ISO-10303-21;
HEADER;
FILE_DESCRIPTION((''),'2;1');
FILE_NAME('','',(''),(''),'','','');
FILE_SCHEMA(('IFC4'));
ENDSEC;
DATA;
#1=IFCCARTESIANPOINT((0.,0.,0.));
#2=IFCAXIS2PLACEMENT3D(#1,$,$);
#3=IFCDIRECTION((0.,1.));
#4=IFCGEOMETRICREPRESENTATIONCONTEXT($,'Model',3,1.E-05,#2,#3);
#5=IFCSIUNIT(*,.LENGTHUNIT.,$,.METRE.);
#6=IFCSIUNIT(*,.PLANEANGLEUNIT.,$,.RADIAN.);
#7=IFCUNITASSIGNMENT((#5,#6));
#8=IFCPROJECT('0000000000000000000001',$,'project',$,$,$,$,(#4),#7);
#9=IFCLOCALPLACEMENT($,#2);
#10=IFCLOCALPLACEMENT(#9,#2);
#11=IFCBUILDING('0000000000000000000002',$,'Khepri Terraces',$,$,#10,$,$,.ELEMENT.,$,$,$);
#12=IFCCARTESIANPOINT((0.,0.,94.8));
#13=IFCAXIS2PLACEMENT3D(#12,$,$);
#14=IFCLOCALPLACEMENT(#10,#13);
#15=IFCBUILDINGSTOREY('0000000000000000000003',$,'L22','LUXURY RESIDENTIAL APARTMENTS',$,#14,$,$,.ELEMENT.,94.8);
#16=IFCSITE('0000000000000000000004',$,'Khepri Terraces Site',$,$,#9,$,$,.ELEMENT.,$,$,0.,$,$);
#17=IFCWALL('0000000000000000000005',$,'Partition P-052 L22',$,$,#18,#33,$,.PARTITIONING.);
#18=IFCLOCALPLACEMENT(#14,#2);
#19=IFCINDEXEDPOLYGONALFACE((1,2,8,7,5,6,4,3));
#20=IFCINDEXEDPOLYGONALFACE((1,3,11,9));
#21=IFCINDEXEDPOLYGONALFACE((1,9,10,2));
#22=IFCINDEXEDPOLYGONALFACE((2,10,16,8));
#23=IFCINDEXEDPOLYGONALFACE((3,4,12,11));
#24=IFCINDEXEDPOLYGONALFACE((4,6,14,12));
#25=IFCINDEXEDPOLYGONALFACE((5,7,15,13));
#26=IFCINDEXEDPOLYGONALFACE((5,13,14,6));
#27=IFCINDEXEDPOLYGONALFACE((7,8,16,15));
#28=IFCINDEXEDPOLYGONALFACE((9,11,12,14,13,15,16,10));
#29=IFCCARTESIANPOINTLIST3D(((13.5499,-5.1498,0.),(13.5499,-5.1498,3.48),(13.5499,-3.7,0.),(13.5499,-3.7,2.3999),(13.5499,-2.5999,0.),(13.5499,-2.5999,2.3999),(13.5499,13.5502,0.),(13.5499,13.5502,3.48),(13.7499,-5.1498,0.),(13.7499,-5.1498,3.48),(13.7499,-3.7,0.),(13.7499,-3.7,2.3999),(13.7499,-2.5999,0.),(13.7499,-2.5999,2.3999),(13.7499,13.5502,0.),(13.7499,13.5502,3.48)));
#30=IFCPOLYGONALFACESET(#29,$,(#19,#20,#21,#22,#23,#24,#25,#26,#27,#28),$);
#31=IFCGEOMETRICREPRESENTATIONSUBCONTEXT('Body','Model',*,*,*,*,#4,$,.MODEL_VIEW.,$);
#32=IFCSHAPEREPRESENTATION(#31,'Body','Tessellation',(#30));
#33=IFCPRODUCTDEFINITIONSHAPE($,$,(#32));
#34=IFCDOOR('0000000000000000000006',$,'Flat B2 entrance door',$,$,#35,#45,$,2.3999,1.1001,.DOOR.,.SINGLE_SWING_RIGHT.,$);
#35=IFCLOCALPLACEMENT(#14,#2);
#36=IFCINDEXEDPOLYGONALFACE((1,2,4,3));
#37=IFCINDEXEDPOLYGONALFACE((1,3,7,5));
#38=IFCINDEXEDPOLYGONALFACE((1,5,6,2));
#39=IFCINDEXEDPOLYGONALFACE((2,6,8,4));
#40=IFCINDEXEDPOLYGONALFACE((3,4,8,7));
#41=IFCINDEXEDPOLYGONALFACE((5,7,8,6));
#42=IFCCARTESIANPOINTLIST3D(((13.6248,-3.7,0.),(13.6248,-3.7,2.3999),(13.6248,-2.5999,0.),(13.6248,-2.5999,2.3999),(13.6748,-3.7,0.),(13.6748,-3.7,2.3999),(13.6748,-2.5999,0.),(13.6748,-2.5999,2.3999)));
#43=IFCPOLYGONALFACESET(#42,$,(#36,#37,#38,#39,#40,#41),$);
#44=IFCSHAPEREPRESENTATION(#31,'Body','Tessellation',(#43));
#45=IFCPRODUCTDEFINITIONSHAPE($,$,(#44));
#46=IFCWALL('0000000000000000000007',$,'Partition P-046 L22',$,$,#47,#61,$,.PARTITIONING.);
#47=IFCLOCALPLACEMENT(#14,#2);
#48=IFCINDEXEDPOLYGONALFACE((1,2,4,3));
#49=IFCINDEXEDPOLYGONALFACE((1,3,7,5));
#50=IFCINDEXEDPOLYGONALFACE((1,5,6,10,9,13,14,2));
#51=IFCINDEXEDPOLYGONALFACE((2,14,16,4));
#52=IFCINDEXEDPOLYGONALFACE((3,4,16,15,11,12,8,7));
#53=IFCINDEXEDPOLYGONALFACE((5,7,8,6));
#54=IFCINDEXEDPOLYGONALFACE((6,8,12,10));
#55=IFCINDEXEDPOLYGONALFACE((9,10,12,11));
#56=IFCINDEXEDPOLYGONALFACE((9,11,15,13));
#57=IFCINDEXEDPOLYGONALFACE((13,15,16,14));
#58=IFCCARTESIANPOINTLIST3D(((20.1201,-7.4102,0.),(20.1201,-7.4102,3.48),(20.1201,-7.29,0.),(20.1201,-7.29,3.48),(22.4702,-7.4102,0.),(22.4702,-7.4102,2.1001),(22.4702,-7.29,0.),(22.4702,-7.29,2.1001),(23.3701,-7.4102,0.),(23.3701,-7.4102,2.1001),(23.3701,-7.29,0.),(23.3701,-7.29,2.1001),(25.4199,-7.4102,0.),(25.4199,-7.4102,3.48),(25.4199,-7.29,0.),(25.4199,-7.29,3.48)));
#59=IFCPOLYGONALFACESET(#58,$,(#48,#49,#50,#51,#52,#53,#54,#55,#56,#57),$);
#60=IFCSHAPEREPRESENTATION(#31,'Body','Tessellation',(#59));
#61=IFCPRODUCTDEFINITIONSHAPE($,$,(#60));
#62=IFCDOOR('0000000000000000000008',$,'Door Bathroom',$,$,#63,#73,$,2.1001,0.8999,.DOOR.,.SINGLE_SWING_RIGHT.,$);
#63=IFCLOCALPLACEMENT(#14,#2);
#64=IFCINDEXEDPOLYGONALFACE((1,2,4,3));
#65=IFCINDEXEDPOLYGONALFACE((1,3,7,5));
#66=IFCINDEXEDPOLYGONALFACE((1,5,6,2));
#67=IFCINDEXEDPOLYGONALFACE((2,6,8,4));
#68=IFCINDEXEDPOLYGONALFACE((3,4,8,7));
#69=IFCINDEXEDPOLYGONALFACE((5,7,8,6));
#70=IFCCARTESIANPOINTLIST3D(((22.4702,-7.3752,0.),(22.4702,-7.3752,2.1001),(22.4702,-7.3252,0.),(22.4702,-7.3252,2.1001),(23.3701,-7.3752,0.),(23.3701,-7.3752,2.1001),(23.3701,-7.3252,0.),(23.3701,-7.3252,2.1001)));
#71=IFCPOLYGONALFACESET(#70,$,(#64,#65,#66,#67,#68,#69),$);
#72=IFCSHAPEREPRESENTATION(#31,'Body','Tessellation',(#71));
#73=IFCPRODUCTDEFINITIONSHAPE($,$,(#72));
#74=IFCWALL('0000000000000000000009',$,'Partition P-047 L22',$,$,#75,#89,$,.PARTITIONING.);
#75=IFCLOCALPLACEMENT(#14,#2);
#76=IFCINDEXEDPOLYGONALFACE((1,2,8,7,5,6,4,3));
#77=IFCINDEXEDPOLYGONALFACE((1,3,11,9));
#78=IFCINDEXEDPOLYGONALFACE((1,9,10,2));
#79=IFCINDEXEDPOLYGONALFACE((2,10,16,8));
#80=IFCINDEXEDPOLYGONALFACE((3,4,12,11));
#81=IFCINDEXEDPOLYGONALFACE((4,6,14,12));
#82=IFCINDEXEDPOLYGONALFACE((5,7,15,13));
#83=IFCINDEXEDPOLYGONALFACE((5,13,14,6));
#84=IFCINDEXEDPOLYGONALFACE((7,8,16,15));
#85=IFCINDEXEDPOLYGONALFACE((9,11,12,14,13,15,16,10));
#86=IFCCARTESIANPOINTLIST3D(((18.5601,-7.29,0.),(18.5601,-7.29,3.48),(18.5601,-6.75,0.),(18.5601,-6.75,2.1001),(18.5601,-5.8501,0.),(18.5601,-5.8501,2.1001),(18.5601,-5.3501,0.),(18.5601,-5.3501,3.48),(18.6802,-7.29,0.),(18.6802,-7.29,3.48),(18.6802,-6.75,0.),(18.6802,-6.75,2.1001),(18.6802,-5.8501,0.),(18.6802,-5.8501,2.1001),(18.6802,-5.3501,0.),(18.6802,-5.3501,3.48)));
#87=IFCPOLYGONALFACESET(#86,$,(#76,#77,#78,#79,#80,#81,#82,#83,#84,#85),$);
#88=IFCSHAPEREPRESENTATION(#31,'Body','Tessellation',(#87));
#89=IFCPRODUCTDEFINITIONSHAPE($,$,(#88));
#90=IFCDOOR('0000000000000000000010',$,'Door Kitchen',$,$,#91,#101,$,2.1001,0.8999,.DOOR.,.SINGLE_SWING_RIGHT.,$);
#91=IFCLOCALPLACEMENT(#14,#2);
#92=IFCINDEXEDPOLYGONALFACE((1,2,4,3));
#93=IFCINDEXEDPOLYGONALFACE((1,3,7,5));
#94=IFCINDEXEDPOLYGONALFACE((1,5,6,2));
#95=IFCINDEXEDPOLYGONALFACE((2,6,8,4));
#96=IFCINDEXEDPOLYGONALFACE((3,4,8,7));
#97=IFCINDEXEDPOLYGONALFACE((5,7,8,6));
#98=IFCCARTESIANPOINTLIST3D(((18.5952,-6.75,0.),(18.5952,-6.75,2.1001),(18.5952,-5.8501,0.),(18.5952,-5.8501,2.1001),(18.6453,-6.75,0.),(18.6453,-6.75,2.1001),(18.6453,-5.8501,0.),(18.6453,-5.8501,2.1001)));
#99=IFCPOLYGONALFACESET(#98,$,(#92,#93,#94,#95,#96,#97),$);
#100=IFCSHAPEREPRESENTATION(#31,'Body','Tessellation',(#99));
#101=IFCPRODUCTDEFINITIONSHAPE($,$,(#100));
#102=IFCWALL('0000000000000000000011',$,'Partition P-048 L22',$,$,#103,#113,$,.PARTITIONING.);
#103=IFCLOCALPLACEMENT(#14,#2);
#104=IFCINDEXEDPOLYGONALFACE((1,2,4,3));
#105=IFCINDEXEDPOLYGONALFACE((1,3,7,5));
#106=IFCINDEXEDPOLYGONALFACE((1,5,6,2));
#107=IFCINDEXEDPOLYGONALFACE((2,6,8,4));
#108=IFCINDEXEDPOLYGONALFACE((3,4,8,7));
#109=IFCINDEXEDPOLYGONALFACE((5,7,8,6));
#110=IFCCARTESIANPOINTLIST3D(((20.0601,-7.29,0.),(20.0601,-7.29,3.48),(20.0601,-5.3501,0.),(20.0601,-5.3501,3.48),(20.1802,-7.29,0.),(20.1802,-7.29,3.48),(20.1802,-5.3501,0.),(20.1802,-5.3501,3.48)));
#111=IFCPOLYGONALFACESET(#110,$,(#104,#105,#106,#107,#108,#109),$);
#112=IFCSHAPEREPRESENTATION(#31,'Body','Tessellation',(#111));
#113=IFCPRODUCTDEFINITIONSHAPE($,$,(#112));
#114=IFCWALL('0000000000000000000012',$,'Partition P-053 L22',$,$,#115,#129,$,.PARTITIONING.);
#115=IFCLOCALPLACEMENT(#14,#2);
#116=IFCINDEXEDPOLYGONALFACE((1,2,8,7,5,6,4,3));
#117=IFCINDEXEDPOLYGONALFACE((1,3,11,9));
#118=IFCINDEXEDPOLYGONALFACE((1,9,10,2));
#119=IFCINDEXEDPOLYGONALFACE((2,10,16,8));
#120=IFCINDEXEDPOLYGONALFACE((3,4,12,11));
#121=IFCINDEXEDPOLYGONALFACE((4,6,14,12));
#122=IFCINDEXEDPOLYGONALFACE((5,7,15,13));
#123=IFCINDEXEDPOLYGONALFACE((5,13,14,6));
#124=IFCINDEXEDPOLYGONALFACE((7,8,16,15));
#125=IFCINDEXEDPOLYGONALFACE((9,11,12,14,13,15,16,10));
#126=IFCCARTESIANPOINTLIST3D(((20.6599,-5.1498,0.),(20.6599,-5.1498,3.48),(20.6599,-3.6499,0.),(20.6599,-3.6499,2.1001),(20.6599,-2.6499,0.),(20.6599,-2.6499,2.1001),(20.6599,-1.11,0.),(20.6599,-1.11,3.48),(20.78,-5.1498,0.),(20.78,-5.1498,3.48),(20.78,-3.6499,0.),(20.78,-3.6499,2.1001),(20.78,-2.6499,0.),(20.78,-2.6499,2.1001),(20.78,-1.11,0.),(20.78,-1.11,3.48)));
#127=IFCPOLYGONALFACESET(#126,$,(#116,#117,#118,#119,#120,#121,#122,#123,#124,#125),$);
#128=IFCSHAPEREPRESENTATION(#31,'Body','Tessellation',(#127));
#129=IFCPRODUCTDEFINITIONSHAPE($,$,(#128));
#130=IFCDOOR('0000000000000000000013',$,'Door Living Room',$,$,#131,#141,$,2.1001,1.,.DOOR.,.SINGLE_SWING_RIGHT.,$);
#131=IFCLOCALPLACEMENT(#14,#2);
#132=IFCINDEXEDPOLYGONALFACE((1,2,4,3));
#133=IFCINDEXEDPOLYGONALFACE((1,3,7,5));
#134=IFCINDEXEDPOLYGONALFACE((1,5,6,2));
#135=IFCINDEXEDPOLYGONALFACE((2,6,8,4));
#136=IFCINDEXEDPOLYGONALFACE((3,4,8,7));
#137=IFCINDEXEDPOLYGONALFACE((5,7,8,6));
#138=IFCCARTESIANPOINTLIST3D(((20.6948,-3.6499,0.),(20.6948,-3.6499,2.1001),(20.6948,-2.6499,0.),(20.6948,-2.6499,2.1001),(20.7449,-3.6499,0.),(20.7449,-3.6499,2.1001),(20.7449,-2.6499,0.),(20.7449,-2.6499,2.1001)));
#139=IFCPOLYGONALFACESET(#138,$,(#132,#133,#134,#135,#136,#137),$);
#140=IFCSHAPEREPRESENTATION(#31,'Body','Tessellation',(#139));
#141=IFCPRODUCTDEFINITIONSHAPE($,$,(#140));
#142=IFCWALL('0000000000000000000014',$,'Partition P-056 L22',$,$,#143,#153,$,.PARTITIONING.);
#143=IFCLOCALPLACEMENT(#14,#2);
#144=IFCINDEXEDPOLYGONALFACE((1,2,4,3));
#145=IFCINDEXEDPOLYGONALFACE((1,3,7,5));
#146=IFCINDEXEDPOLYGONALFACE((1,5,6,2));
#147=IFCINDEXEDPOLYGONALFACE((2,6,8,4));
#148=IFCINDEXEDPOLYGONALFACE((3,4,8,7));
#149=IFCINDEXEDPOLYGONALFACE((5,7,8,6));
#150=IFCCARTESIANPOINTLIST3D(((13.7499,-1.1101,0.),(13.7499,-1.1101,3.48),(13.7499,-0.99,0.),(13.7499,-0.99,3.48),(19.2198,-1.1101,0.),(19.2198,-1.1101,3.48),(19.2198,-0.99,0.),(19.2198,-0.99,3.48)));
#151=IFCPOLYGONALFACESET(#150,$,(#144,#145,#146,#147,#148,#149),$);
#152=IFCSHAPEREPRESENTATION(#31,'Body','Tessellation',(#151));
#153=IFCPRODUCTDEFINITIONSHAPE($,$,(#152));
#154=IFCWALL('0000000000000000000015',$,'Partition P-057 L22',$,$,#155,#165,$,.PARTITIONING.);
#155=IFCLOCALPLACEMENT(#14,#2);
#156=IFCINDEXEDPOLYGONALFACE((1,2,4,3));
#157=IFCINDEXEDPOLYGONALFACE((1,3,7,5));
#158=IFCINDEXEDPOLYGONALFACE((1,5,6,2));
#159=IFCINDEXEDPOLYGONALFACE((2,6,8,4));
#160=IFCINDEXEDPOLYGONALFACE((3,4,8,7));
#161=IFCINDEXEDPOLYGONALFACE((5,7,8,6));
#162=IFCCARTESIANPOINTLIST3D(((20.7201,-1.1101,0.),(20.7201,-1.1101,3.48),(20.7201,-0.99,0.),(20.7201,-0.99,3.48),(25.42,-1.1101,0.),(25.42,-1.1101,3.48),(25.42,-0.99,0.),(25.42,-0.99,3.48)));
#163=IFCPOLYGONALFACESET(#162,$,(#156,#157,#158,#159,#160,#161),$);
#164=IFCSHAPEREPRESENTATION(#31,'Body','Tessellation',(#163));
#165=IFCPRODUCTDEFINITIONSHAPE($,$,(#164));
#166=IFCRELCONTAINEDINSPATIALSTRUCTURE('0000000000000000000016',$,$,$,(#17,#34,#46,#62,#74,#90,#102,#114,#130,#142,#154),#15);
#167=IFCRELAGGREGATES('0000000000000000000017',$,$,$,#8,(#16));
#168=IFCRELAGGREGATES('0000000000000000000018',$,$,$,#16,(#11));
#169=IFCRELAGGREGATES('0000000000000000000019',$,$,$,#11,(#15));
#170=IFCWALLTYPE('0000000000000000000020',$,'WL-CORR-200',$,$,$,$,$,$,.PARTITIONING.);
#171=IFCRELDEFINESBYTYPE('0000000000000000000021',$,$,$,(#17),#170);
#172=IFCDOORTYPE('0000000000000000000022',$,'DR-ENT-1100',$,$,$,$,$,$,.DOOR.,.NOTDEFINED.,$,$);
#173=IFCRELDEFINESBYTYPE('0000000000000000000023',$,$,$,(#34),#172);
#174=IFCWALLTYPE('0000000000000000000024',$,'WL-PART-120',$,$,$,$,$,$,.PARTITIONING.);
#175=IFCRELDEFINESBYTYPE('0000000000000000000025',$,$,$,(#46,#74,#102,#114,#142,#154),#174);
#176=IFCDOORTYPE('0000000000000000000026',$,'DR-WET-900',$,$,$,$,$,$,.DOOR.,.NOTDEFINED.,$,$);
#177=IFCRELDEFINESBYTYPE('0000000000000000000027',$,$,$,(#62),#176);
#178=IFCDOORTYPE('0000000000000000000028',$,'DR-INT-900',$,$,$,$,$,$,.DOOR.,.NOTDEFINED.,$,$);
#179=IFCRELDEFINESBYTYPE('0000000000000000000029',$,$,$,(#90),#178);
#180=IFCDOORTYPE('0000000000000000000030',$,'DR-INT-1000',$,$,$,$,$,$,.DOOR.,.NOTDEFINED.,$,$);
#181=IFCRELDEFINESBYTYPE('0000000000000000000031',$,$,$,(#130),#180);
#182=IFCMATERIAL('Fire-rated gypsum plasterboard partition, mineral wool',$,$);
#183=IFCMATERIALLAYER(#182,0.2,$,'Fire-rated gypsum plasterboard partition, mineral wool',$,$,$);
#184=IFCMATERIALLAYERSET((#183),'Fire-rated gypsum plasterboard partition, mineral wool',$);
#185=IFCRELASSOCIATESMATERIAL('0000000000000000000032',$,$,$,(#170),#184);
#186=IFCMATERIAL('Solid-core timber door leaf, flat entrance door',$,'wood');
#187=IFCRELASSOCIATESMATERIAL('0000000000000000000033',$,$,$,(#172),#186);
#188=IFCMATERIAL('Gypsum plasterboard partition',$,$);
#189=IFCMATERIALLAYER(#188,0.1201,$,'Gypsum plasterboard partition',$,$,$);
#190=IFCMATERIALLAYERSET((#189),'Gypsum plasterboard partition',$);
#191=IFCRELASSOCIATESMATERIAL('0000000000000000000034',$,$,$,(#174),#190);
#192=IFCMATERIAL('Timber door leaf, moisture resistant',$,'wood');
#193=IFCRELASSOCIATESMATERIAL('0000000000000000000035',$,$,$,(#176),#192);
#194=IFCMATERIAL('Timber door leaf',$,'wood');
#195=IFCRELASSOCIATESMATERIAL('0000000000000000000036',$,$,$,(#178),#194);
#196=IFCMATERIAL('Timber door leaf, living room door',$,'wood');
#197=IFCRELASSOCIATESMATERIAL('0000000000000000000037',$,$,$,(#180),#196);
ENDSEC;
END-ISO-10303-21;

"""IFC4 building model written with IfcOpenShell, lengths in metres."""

from ifc_helpers import new_model, si_unit, direction, frame, frame_2d, origin, place, context, subcontext, project, spatial, rectangle, extrude, material, layer, layer_set, type_object, element, fill, save


model = new_model("IFC4")

# Units and contexts
model_context = context("Model", 3, precision=1e-05, world=origin(), true_north=direction((0.0, 1.0)))
body_context = subcontext(model_context, "Body", "Model", "MODEL_VIEW")
ifc_project = project(units=[si_unit("LENGTHUNIT", "METRE"), si_unit("PLANEANGLEUNIT", "RADIAN")], contexts=[model_context])

# Site, building, storey
site_placement = place(None, origin())
site = spatial("IfcSite", under=ifc_project, at=site_placement, Name="Khepri Terraces Site", CompositionType="ELEMENT", RefElevation=0.0)
building_placement = place(site_placement, origin())
building = spatial("IfcBuilding", under=site, at=building_placement, Name="Khepri Terraces", CompositionType="ELEMENT")
storey_placement = place(building_placement, frame((0.0, 0.0, 94.8)))
storey = spatial("IfcBuildingStorey", under=building, at=storey_placement, Name="L22", Description="LUXURY RESIDENTIAL APARTMENTS", CompositionType="ELEMENT", Elevation=94.8)

# Walls, openings, doors
ifc_material_1 = material(Name="Fire-rated gypsum plasterboard partition, mineral wool")
ifc_layer_1 = layer(ifc_material_1, 0.2, Name="Fire-rated gypsum plasterboard partition, mineral wool")
ifc_layer_set_1 = layer_set([ifc_layer_1], Name="Fire-rated gypsum plasterboard partition, mineral wool")
wall_type_1 = type_object("IfcWallType", Name="WL-CORR-200", PredefinedType="PARTITIONING", material=ifc_layer_set_1)
wall_1_placement = place(storey_placement, frame((13.6499, -5.1499, 0.0), z_axis=(0.0, 0.0, 1.0), x_axis=(0.0, 1.0, 0.0)))
wall_1 = element("IfcWall", 1, at=wall_1_placement, inside=storey, type_object=wall_type_1, Name="Partition P-052 L22", PredefinedType="PARTITIONING", context=body_context, shape_type="SweptSolid", body=[
    extrude(rectangle(XDim=18.7, YDim=0.2, at=frame_2d((9.3501, 0.0))), origin(), (0.0, 0.0, 1.0), 3.48),
])
opening_1_placement = place(wall_1_placement, frame((1.45, 0.0, 0.0)))
opening_1 = element("IfcOpeningElement", 2, at=opening_1_placement, cuts=wall_1, PredefinedType="OPENING", context=body_context, shape_type="SweptSolid", body=[
    extrude(rectangle(XDim=1.1001, YDim=2.3999, at=frame_2d((0.55, 1.2))), frame((0.0, 0.1099, 0.0), z_axis=(0.0, -1.0, 0.0), x_axis=(1.0, 0.0, 0.0)), (0.0, 0.0, 1.0), 0.22),
])
ifc_material_2 = material(Name="Solid-core timber door leaf, flat entrance door", Category="wood")
door_type_1 = type_object("IfcDoorType", Name="DR-ENT-1100", OperationType="NOTDEFINED", PredefinedType="DOOR", material=ifc_material_2)
door_1_placement = place(opening_1_placement, frame((1.1001, 0.0, 0.0), z_axis=(0.0, 0.0, 1.0), x_axis=(-1.0, 0.0, 0.0)))
door_1 = element("IfcDoor", 3, at=door_1_placement, inside=storey, type_object=door_type_1, Name="Flat B2 entrance door", OperationType="SINGLE_SWING_RIGHT", OverallHeight=2.3999, OverallWidth=1.1001, PredefinedType="DOOR", context=body_context, shape_type="SweptSolid", body=[
    extrude(rectangle(XDim=1.1001, YDim=2.3999, at=frame_2d((0.55, 1.2))), frame((0.0, 0.0249, 0.0), z_axis=(0.0, -1.0, 0.0), x_axis=(1.0, 0.0, 0.0)), (0.0, 0.0, 1.0), 0.05),
])
fill(opening_1, door_1)
ifc_material_3 = material(Name="Gypsum plasterboard partition")
ifc_layer_2 = layer(ifc_material_3, 0.1201, Name="Gypsum plasterboard partition")
ifc_layer_set_2 = layer_set([ifc_layer_2], Name="Gypsum plasterboard partition")
wall_type_2 = type_object("IfcWallType", Name="WL-PART-120", PredefinedType="PARTITIONING", material=ifc_layer_set_2)
wall_2_placement = place(storey_placement, frame((20.1201, -7.3501, 0.0), z_axis=(0.0, 0.0, 1.0), x_axis=(1.0, 0.0, 0.0)))
wall_2 = element("IfcWall", 4, at=wall_2_placement, inside=storey, type_object=wall_type_2, Name="Partition P-046 L22", PredefinedType="PARTITIONING", context=body_context, shape_type="SweptSolid", body=[
    extrude(rectangle(XDim=5.2998, YDim=0.1201, at=frame_2d((2.6499, 0.0))), origin(), (0.0, 0.0, 1.0), 3.48),
])
opening_2_placement = place(wall_2_placement, frame((2.3501, 0.0, 0.0)))
opening_2 = element("IfcOpeningElement", 5, at=opening_2_placement, cuts=wall_2, PredefinedType="OPENING", context=body_context, shape_type="SweptSolid", body=[
    extrude(rectangle(XDim=0.8999, YDim=2.1001, at=frame_2d((0.45, 1.05))), frame((0.0, 0.0701, 0.0), z_axis=(0.0, -1.0, 0.0), x_axis=(1.0, 0.0, 0.0)), (0.0, 0.0, 1.0), 0.1401),
])
ifc_material_4 = material(Name="Timber door leaf, moisture resistant", Category="wood")
door_type_2 = type_object("IfcDoorType", Name="DR-WET-900", OperationType="NOTDEFINED", PredefinedType="DOOR", material=ifc_material_4)
door_2_placement = place(opening_2_placement, origin())
door_2 = element("IfcDoor", 6, at=door_2_placement, inside=storey, type_object=door_type_2, Name="Door Bathroom", OperationType="SINGLE_SWING_RIGHT", OverallHeight=2.1001, OverallWidth=0.8999, PredefinedType="DOOR", context=body_context, shape_type="SweptSolid", body=[
    extrude(rectangle(XDim=0.8999, YDim=2.1001, at=frame_2d((0.45, 1.05))), frame((0.0, 0.0249, 0.0), z_axis=(0.0, -1.0, 0.0), x_axis=(1.0, 0.0, 0.0)), (0.0, 0.0, 1.0), 0.05),
])
fill(opening_2, door_2)
wall_3_placement = place(storey_placement, frame((18.6201, -7.29, 0.0), z_axis=(0.0, 0.0, 1.0), x_axis=(0.0, 1.0, 0.0)))
wall_3 = element("IfcWall", 7, at=wall_3_placement, inside=storey, type_object=wall_type_2, Name="Partition P-047 L22", PredefinedType="PARTITIONING", context=body_context, shape_type="SweptSolid", body=[
    extrude(rectangle(XDim=1.9399, YDim=0.1201, at=frame_2d((0.97, 0.0))), origin(), (0.0, 0.0, 1.0), 3.48),
])
opening_3_placement = place(wall_3_placement, frame((0.54, 0.0, 0.0)))
opening_3 = element("IfcOpeningElement", 8, at=opening_3_placement, cuts=wall_3, PredefinedType="OPENING", context=body_context, shape_type="SweptSolid", body=[
    extrude(rectangle(XDim=0.8999, YDim=2.1001, at=frame_2d((0.45, 1.05))), frame((0.0, 0.0701, 0.0), z_axis=(0.0, -1.0, 0.0), x_axis=(1.0, 0.0, 0.0)), (0.0, 0.0, 1.0), 0.1401),
])
ifc_material_5 = material(Name="Timber door leaf", Category="wood")
door_type_3 = type_object("IfcDoorType", Name="DR-INT-900", OperationType="NOTDEFINED", PredefinedType="DOOR", material=ifc_material_5)
door_3_placement = place(opening_3_placement, origin())
door_3 = element("IfcDoor", 9, at=door_3_placement, inside=storey, type_object=door_type_3, Name="Door Kitchen", OperationType="SINGLE_SWING_RIGHT", OverallHeight=2.1001, OverallWidth=0.8999, PredefinedType="DOOR", context=body_context, shape_type="SweptSolid", body=[
    extrude(rectangle(XDim=0.8999, YDim=2.1001, at=frame_2d((0.45, 1.05))), frame((0.0, 0.0249, 0.0), z_axis=(0.0, -1.0, 0.0), x_axis=(1.0, 0.0, 0.0)), (0.0, 0.0, 1.0), 0.05),
])
fill(opening_3, door_3)

# Wall
wall_4_placement = place(storey_placement, frame((20.1201, -7.29, 0.0), z_axis=(0.0, 0.0, 1.0), x_axis=(0.0, 1.0, 0.0)))
element("IfcWall", 10, at=wall_4_placement, inside=storey, type_object=wall_type_2, Name="Partition P-048 L22", PredefinedType="PARTITIONING", context=body_context, shape_type="SweptSolid", body=[
    extrude(rectangle(XDim=1.9399, YDim=0.1201, at=frame_2d((0.97, 0.0))), origin(), (0.0, 0.0, 1.0), 3.48),
])

# Wall, opening, door
wall_5_placement = place(storey_placement, frame((20.72, -5.1499, 0.0), z_axis=(0.0, 0.0, 1.0), x_axis=(0.0, 1.0, 0.0)))
wall_5 = element("IfcWall", 11, at=wall_5_placement, inside=storey, type_object=wall_type_2, Name="Partition P-053 L22", PredefinedType="PARTITIONING", context=body_context, shape_type="SweptSolid", body=[
    extrude(rectangle(XDim=4.0398, YDim=0.1201, at=frame_2d((2.02, 0.0))), origin(), (0.0, 0.0, 1.0), 3.48),
])
opening_4_placement = place(wall_5_placement, frame((1.5, 0.0, 0.0)))
opening_4 = element("IfcOpeningElement", 12, at=opening_4_placement, cuts=wall_5, PredefinedType="OPENING", context=body_context, shape_type="SweptSolid", body=[
    extrude(rectangle(XDim=1.0, YDim=2.1001, at=frame_2d((0.5, 1.05))), frame((0.0, 0.0701, 0.0), z_axis=(0.0, -1.0, 0.0), x_axis=(1.0, 0.0, 0.0)), (0.0, 0.0, 1.0), 0.1401),
])
ifc_material_6 = material(Name="Timber door leaf, living room door", Category="wood")
door_type_4 = type_object("IfcDoorType", Name="DR-INT-1000", OperationType="NOTDEFINED", PredefinedType="DOOR", material=ifc_material_6)
door_4_placement = place(opening_4_placement, frame((1.0, 0.0, 0.0), z_axis=(0.0, 0.0, 1.0), x_axis=(-1.0, 0.0, 0.0)))
door_4 = element("IfcDoor", 13, at=door_4_placement, inside=storey, type_object=door_type_4, Name="Door Living Room", OperationType="SINGLE_SWING_RIGHT", OverallHeight=2.1001, OverallWidth=1.0, PredefinedType="DOOR", context=body_context, shape_type="SweptSolid", body=[
    extrude(rectangle(XDim=1.0, YDim=2.1001, at=frame_2d((0.5, 1.05))), frame((0.0, 0.0249, 0.0), z_axis=(0.0, -1.0, 0.0), x_axis=(1.0, 0.0, 0.0)), (0.0, 0.0, 1.0), 0.05),
])
fill(opening_4, door_4)

# Walls
wall_6_placement = place(storey_placement, frame((13.75, -1.05, 0.0), z_axis=(0.0, 0.0, 1.0), x_axis=(1.0, 0.0, 0.0)))
element("IfcWall", 14, at=wall_6_placement, inside=storey, type_object=wall_type_2, Name="Partition P-056 L22", PredefinedType="PARTITIONING", context=body_context, shape_type="SweptSolid", body=[
    extrude(rectangle(XDim=5.47, YDim=0.1201, at=frame_2d((2.7349, 0.0))), origin(), (0.0, 0.0, 1.0), 3.48),
])
wall_7_placement = place(storey_placement, frame((20.72, -1.05, 0.0), z_axis=(0.0, 0.0, 1.0), x_axis=(1.0, 0.0, 0.0)))
element("IfcWall", 15, at=wall_7_placement, inside=storey, type_object=wall_type_2, Name="Partition P-057 L22", PredefinedType="PARTITIONING", context=body_context, shape_type="SweptSolid", body=[
    extrude(rectangle(XDim=4.7, YDim=0.1201, at=frame_2d((2.3501, 0.0))), origin(), (0.0, 0.0, 1.0), 3.48),
])

save(model, "model.ifc")
